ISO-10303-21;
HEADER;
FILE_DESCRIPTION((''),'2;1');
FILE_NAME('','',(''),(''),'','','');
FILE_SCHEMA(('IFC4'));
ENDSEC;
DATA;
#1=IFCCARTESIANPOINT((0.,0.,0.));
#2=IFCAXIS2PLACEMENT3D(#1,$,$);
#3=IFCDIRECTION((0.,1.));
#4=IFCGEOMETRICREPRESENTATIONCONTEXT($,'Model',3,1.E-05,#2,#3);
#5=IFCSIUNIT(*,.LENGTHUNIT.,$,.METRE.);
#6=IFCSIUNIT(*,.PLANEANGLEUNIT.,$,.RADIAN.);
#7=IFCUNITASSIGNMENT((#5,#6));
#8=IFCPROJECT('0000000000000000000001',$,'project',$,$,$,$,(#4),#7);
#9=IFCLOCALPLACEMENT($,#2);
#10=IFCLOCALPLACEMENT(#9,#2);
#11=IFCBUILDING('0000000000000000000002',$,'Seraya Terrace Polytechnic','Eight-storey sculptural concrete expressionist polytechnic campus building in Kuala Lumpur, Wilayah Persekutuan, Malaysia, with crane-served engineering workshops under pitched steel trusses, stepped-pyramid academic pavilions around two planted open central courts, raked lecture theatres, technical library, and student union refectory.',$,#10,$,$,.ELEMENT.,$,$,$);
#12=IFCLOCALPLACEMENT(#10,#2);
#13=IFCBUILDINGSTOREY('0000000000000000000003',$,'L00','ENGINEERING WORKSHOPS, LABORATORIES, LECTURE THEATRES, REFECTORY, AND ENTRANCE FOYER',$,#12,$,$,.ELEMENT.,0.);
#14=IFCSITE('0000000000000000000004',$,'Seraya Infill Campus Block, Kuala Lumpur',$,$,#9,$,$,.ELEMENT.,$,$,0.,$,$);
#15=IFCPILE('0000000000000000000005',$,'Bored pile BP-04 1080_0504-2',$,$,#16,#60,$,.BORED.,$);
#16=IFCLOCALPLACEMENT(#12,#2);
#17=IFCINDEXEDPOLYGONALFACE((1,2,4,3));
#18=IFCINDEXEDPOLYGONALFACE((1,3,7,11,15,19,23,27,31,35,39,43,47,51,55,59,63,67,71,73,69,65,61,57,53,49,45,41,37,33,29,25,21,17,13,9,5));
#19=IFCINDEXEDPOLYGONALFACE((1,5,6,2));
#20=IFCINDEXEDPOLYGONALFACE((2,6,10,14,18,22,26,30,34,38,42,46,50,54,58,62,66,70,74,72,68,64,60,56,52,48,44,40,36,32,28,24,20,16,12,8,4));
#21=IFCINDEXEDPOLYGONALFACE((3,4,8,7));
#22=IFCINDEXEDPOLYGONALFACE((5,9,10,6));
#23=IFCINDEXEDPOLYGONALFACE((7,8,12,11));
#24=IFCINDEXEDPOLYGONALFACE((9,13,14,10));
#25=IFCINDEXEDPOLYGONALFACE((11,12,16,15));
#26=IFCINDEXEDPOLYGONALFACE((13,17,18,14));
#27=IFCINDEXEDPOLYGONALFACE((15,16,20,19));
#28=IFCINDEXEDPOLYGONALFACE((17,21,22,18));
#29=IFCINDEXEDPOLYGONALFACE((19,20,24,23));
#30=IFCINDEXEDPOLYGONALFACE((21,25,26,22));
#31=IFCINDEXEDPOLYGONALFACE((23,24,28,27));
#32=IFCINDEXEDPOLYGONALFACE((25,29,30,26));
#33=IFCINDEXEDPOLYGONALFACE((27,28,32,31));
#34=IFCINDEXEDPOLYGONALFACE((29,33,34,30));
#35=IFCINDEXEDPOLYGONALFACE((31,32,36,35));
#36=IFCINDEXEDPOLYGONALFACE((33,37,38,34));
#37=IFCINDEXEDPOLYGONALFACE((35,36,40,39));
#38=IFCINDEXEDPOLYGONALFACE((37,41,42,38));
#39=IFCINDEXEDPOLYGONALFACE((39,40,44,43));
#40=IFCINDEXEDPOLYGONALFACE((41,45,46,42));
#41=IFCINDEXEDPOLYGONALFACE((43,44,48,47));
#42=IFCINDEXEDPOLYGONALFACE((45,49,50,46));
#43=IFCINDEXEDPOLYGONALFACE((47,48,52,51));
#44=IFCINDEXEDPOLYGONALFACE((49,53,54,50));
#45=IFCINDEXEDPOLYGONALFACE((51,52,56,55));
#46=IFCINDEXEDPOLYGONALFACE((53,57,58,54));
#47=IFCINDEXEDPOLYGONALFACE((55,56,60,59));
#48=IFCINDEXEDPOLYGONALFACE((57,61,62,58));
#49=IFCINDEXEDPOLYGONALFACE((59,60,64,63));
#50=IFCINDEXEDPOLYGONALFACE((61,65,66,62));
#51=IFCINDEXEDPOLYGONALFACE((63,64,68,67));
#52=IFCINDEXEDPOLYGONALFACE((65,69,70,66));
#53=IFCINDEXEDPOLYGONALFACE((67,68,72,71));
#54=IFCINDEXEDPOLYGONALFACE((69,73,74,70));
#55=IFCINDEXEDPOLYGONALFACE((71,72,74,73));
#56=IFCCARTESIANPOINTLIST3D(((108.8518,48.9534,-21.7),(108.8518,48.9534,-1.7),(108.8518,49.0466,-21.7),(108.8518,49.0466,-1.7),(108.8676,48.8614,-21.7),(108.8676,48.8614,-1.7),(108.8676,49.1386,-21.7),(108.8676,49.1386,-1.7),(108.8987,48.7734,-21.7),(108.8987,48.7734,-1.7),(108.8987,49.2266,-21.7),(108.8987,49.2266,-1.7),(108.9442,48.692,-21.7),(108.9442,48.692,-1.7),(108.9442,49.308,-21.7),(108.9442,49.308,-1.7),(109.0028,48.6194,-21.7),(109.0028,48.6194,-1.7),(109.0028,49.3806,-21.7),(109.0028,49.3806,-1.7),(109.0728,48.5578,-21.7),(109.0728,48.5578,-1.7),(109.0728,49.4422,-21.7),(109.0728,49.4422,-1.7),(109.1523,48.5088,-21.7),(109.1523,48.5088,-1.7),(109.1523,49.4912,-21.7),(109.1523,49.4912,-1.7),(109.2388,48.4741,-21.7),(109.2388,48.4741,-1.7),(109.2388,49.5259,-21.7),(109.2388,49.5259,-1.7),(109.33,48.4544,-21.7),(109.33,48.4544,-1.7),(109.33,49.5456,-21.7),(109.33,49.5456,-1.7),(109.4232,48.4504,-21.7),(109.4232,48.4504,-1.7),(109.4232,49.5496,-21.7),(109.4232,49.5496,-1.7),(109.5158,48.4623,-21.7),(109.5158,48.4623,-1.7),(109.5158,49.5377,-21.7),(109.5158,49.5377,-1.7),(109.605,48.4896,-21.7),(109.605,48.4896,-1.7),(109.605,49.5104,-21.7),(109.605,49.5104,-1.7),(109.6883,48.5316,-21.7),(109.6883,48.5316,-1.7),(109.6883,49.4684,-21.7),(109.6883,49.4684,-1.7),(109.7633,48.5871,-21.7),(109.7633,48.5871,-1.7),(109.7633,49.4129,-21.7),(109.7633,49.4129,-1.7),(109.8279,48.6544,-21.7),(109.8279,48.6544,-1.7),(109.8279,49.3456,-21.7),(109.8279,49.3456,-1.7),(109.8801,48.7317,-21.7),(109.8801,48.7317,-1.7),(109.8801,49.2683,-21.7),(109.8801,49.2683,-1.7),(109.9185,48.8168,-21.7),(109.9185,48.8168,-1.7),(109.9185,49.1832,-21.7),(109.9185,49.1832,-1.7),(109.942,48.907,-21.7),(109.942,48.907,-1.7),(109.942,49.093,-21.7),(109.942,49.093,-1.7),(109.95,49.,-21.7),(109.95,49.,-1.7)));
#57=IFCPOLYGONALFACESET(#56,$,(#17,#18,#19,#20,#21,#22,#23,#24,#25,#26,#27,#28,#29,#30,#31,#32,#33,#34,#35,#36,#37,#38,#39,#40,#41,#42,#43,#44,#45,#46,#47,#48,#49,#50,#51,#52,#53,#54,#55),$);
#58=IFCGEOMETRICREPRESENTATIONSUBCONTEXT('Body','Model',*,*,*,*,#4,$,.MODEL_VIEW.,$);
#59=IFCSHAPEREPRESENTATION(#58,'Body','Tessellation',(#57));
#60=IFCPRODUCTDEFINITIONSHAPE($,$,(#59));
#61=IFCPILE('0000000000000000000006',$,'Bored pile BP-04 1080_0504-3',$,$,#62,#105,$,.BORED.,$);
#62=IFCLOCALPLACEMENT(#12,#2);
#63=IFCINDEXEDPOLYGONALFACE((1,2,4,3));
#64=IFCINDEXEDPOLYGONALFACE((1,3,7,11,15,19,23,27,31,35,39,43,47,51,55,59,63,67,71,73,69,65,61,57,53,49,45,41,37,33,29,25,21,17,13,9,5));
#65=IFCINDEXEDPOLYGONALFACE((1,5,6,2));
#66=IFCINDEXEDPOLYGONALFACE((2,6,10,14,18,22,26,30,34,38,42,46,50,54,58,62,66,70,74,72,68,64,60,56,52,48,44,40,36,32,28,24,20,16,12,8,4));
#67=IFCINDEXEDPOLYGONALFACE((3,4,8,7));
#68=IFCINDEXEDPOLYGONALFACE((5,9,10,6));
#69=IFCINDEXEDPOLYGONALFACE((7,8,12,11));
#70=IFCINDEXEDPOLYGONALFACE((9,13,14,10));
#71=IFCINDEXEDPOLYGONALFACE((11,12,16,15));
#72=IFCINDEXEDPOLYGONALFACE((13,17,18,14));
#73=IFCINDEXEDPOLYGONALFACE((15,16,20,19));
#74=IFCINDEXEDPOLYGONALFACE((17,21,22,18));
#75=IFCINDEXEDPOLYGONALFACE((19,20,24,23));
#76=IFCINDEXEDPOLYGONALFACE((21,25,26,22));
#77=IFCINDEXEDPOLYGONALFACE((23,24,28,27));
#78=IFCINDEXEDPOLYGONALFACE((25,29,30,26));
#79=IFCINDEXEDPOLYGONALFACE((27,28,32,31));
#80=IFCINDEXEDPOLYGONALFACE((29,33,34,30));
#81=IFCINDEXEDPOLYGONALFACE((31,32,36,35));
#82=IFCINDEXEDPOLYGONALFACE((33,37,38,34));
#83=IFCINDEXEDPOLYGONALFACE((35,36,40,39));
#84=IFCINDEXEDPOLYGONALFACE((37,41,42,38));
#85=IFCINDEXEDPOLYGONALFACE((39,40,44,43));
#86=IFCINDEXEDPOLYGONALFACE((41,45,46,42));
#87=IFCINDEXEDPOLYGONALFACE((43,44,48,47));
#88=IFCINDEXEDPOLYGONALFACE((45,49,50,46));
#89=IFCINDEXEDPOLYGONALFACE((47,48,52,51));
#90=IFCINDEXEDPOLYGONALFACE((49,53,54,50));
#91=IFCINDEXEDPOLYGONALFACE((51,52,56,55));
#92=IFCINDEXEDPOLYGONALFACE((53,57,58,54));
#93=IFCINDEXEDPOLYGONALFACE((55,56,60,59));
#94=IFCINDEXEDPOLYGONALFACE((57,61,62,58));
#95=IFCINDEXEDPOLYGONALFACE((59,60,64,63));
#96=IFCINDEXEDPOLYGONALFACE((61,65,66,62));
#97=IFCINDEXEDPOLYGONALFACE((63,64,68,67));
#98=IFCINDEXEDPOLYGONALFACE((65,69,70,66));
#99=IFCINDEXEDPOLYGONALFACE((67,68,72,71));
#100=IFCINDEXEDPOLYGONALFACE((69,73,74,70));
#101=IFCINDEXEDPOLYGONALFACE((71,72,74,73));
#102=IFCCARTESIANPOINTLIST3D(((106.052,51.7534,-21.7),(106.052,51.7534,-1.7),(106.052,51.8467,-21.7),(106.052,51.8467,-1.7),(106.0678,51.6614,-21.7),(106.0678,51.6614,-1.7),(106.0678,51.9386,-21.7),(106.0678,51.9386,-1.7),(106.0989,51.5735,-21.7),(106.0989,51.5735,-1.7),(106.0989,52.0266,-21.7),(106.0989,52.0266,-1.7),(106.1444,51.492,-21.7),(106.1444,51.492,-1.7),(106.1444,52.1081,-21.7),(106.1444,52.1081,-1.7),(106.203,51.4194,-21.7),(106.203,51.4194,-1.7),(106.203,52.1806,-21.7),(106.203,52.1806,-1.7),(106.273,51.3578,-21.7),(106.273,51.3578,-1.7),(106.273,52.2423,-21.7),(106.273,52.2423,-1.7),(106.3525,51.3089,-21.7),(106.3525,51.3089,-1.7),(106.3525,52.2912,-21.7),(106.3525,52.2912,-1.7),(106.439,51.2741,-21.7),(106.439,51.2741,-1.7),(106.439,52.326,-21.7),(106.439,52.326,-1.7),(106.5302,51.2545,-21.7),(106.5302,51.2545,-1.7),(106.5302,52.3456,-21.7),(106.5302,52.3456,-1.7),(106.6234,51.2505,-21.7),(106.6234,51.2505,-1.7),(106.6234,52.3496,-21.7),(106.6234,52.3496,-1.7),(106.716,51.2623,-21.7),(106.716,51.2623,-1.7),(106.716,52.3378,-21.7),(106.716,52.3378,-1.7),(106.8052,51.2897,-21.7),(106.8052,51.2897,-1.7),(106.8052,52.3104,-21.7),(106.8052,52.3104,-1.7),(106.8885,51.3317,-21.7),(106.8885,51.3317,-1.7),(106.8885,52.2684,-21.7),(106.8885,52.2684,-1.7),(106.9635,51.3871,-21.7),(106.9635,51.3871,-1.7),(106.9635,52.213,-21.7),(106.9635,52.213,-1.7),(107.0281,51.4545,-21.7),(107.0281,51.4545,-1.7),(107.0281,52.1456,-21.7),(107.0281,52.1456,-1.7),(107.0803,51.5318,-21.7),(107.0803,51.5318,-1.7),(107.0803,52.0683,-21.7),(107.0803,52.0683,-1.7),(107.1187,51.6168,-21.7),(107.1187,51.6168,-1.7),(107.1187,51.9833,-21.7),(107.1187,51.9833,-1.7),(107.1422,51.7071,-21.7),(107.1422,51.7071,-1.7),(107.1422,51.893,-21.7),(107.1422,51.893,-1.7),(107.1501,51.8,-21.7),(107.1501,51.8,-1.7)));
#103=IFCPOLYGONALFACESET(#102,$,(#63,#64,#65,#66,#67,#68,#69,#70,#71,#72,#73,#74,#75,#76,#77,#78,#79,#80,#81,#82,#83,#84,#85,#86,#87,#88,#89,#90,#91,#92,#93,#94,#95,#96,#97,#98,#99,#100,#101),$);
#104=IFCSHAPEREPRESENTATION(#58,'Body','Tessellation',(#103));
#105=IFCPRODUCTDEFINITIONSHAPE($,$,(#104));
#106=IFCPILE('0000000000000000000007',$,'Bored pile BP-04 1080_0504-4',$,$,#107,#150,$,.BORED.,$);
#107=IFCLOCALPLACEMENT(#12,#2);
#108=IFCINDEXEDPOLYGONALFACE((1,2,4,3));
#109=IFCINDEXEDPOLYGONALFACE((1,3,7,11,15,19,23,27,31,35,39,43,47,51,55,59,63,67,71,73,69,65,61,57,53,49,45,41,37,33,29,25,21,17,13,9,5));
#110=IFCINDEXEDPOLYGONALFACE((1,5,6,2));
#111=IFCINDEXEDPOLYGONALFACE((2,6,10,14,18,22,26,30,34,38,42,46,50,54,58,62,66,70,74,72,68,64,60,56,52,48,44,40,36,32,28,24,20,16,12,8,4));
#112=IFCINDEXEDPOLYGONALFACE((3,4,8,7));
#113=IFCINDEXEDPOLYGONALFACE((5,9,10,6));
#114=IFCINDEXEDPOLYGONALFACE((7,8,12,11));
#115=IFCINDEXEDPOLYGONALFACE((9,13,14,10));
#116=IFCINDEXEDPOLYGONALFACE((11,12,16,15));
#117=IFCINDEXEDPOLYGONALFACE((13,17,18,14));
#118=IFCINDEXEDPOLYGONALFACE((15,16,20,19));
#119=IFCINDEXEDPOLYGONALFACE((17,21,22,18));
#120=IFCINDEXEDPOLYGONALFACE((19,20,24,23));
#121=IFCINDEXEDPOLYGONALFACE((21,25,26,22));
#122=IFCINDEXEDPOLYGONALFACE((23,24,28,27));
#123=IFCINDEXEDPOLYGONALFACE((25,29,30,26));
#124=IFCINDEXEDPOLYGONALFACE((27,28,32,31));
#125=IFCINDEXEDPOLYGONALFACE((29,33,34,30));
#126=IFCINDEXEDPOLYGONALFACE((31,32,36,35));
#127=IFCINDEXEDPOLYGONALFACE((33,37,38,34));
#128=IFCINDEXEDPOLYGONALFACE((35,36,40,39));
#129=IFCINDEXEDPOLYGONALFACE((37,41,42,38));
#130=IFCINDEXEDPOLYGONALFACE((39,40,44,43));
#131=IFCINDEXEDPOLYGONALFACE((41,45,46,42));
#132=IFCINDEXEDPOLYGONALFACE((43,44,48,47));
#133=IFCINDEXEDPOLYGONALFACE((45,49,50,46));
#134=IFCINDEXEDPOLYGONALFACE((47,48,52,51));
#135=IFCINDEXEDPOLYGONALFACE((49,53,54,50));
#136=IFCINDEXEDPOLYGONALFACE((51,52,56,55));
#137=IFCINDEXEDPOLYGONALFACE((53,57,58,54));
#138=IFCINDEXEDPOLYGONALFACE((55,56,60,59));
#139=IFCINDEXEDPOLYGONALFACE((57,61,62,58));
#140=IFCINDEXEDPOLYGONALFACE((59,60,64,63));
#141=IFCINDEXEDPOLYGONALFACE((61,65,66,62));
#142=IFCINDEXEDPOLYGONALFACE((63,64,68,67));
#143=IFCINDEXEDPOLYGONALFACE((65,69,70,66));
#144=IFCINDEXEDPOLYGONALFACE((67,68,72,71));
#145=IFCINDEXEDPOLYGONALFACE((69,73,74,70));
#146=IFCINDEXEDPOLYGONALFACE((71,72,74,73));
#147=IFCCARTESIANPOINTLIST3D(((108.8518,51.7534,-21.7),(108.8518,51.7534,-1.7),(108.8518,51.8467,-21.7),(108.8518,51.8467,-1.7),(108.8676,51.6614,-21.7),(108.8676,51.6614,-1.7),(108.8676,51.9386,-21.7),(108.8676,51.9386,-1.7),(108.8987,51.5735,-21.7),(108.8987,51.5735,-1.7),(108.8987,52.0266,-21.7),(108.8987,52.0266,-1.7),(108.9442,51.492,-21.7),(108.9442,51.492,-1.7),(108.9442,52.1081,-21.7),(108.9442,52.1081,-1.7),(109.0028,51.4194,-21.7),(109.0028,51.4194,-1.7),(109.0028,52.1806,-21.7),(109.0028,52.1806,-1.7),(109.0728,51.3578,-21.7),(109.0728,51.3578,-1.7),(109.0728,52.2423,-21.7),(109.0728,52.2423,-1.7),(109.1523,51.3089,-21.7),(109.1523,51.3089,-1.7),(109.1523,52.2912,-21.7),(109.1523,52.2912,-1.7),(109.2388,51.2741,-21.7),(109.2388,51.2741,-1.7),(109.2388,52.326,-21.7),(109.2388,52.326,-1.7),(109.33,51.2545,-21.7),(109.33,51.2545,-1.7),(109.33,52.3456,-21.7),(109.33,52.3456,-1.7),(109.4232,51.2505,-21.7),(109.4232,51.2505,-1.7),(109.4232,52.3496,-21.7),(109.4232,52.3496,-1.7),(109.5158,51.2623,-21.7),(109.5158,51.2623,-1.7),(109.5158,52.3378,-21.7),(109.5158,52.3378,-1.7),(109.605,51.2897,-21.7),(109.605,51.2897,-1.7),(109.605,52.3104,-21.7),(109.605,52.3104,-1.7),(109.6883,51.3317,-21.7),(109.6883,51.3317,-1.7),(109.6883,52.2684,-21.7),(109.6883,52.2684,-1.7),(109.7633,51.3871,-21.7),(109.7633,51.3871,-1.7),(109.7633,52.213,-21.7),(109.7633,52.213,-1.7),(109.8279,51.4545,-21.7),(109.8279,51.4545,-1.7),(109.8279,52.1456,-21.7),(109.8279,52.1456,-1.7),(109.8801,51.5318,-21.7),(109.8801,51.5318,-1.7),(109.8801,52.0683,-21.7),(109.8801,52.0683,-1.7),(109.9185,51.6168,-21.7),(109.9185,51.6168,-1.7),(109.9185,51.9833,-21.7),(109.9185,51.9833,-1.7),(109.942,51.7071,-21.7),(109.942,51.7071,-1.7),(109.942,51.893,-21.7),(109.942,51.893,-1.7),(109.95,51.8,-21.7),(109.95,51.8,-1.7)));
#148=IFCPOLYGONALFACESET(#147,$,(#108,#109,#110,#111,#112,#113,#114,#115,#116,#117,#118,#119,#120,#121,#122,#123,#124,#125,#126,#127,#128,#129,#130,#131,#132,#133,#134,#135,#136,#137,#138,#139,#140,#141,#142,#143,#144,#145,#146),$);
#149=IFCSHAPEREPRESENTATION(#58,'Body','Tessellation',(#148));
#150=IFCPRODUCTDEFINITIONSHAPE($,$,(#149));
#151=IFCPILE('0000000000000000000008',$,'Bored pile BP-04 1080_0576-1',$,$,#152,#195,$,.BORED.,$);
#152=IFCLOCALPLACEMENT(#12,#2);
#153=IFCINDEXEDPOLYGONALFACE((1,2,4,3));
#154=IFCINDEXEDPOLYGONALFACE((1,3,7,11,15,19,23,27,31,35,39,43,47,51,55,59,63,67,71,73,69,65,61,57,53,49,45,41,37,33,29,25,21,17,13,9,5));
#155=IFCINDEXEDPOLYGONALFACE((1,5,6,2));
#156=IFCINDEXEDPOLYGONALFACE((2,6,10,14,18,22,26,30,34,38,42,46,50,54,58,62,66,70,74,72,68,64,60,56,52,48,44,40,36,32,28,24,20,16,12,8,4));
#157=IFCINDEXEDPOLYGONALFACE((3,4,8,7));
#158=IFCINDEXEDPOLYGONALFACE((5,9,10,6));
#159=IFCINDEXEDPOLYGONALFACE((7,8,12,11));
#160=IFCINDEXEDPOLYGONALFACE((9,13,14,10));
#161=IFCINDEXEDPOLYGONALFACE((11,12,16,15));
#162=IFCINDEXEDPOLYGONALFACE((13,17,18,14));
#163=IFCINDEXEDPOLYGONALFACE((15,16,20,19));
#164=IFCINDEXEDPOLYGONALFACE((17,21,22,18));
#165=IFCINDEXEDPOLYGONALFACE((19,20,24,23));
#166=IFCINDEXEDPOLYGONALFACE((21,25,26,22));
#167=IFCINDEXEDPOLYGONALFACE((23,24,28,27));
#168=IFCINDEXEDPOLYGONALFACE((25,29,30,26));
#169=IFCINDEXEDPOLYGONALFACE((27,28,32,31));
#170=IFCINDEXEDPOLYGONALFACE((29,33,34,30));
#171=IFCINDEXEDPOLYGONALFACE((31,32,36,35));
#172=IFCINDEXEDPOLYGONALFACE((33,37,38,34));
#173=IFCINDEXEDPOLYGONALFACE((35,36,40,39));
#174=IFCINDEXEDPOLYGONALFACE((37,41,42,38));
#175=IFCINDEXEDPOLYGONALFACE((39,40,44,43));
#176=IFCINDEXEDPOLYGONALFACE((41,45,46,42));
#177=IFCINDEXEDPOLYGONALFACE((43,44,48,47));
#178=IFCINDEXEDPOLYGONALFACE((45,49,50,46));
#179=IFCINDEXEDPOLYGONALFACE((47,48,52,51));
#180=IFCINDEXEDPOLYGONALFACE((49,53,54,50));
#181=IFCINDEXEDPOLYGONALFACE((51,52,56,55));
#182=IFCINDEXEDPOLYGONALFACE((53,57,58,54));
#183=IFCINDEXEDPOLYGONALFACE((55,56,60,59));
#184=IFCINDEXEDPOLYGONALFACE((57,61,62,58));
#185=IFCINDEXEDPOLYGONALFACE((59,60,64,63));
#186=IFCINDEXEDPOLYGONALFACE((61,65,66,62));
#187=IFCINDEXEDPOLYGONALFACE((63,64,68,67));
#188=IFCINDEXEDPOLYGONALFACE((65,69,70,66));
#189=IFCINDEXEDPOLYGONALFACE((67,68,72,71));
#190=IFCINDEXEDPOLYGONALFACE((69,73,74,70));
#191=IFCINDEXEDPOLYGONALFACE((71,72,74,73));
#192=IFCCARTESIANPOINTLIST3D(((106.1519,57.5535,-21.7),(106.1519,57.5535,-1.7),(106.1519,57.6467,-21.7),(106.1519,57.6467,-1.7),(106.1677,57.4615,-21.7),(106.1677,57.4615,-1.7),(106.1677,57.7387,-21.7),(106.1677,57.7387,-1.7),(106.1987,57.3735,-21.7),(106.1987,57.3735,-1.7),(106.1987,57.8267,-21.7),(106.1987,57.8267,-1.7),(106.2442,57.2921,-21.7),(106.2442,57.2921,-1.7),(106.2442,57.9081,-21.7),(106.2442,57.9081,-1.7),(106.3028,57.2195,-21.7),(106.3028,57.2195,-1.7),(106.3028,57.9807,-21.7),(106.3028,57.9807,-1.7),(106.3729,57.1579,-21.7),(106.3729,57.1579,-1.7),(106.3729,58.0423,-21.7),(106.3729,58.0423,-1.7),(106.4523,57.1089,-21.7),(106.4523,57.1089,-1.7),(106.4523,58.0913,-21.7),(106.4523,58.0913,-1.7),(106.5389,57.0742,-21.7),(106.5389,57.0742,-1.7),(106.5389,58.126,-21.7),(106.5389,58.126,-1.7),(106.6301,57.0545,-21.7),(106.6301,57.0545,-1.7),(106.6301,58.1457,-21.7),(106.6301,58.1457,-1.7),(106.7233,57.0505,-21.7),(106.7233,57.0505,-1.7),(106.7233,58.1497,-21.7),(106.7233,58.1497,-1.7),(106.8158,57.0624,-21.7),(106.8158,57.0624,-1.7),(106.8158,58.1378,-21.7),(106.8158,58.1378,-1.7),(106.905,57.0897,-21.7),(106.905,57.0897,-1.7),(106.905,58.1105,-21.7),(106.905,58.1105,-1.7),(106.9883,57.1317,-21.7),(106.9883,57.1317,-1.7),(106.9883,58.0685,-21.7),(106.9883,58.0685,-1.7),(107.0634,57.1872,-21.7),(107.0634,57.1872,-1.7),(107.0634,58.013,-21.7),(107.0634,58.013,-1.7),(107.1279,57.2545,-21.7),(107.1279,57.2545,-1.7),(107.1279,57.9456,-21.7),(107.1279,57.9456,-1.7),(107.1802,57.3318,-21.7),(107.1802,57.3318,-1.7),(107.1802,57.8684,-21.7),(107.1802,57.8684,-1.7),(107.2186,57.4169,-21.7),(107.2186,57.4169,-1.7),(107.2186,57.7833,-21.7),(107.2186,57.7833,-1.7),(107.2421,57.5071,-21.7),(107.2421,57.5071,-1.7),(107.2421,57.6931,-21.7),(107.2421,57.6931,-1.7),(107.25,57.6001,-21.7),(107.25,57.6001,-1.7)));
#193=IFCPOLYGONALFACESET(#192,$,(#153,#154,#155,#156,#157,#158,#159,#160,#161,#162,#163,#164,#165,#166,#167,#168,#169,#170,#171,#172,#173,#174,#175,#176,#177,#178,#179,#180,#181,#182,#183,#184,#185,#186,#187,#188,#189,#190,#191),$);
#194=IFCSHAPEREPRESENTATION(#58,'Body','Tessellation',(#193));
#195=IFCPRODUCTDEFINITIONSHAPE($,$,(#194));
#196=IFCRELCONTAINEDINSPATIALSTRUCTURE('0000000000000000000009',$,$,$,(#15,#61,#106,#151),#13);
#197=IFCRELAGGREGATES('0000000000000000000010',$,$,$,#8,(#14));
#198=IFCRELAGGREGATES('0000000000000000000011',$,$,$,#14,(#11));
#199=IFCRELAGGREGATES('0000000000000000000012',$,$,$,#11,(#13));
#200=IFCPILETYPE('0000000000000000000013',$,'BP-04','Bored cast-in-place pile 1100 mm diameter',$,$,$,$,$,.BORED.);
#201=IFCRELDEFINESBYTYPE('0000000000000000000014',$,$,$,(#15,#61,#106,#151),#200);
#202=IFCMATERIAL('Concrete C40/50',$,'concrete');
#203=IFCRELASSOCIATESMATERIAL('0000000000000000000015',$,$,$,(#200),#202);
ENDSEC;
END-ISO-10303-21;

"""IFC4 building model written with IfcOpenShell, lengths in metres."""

from ifc_helpers import new_model, si_unit, direction, frame, origin, origin_2d, place, context, subcontext, project, spatial, circle, extrude, material, material_profile, profile_set, type_object, element, save


model = new_model("IFC4")

# Units and contexts
model_context = context("Model", 3, precision=1e-05, world=origin(), true_north=direction((0.0, 1.0)))
body_context = subcontext(model_context, "Body", "Model", "MODEL_VIEW")
ifc_project = project(units=[si_unit("LENGTHUNIT", "METRE"), si_unit("PLANEANGLEUNIT", "RADIAN")], contexts=[model_context])

# Site, building, storey
site_placement = place(None, origin())
site = spatial("IfcSite", under=ifc_project, at=site_placement, Name="Seraya Infill Campus Block, Kuala Lumpur", CompositionType="ELEMENT", RefElevation=0.0)
building_placement = place(site_placement, origin())
building = spatial("IfcBuilding", under=site, at=building_placement, Name="Seraya Terrace Polytechnic", Description="Eight-storey sculptural concrete expressionist polytechnic campus building in Kuala Lumpur, Wilayah Persekutuan, Malaysia, with crane-served engineering workshops under pitched steel trusses, stepped-pyramid academic pavilions around two planted open central courts, raked lecture theatres, technical library, and student union refectory.", CompositionType="ELEMENT")
storey_placement = place(building_placement, origin())
storey = spatial("IfcBuildingStorey", under=building, at=storey_placement, Name="L00", Description="ENGINEERING WORKSHOPS, LABORATORIES, LECTURE THEATRES, REFECTORY, AND ENTRANCE FOYER", CompositionType="ELEMENT", Elevation=0.0)

# Piles
ifc_material_1 = material(Name="Concrete C40/50", Category="concrete")
ifc_material_profile_1 = material_profile(ifc_material_1, circle(Radius=0.55, at=origin_2d()), Name="DIA 1100")
ifc_profile_set_1 = profile_set([ifc_material_profile_1], Name="Concrete C40/50")
pile_type_1 = type_object("IfcPileType", Name="BP-04", Description="Bored cast-in-place pile 1100 mm diameter", PredefinedType="BORED", material=ifc_profile_set_1)
for number, where, z_axis, x_axis, name in (
    (1, (109.3999, 49.0, -1.7), (0.0, 0.0, -1.0), (1.0, 0.0, 0.0), "Bored pile BP-04 1080_0504-2"),
    (2, (106.6001, 51.8, -1.7), (0.0, 0.0, -1.0), (1.0, 0.0, 0.0), "Bored pile BP-04 1080_0504-3"),
    (3, (109.3999, 51.8, -1.7), (0.0, 0.0, -1.0), (1.0, 0.0, 0.0), "Bored pile BP-04 1080_0504-4"),
    (4, (106.7, 57.6001, -1.7), (0.0, 0.0, -1.0), (1.0, 0.0, 0.0), "Bored pile BP-04 1080_0576-1"),
):
    element("IfcPile", number, at=place(storey_placement, frame(where, z_axis=z_axis, x_axis=x_axis)), inside=storey, type_object=pile_type_1, Name=name, PredefinedType="BORED", context=body_context, shape_type="SweptSolid", body=[
        extrude(circle(Radius=0.55, at=origin_2d()), origin(), (0.0, 0.0, 1.0), 20.0),
    ])

save(model, "model.ifc")
